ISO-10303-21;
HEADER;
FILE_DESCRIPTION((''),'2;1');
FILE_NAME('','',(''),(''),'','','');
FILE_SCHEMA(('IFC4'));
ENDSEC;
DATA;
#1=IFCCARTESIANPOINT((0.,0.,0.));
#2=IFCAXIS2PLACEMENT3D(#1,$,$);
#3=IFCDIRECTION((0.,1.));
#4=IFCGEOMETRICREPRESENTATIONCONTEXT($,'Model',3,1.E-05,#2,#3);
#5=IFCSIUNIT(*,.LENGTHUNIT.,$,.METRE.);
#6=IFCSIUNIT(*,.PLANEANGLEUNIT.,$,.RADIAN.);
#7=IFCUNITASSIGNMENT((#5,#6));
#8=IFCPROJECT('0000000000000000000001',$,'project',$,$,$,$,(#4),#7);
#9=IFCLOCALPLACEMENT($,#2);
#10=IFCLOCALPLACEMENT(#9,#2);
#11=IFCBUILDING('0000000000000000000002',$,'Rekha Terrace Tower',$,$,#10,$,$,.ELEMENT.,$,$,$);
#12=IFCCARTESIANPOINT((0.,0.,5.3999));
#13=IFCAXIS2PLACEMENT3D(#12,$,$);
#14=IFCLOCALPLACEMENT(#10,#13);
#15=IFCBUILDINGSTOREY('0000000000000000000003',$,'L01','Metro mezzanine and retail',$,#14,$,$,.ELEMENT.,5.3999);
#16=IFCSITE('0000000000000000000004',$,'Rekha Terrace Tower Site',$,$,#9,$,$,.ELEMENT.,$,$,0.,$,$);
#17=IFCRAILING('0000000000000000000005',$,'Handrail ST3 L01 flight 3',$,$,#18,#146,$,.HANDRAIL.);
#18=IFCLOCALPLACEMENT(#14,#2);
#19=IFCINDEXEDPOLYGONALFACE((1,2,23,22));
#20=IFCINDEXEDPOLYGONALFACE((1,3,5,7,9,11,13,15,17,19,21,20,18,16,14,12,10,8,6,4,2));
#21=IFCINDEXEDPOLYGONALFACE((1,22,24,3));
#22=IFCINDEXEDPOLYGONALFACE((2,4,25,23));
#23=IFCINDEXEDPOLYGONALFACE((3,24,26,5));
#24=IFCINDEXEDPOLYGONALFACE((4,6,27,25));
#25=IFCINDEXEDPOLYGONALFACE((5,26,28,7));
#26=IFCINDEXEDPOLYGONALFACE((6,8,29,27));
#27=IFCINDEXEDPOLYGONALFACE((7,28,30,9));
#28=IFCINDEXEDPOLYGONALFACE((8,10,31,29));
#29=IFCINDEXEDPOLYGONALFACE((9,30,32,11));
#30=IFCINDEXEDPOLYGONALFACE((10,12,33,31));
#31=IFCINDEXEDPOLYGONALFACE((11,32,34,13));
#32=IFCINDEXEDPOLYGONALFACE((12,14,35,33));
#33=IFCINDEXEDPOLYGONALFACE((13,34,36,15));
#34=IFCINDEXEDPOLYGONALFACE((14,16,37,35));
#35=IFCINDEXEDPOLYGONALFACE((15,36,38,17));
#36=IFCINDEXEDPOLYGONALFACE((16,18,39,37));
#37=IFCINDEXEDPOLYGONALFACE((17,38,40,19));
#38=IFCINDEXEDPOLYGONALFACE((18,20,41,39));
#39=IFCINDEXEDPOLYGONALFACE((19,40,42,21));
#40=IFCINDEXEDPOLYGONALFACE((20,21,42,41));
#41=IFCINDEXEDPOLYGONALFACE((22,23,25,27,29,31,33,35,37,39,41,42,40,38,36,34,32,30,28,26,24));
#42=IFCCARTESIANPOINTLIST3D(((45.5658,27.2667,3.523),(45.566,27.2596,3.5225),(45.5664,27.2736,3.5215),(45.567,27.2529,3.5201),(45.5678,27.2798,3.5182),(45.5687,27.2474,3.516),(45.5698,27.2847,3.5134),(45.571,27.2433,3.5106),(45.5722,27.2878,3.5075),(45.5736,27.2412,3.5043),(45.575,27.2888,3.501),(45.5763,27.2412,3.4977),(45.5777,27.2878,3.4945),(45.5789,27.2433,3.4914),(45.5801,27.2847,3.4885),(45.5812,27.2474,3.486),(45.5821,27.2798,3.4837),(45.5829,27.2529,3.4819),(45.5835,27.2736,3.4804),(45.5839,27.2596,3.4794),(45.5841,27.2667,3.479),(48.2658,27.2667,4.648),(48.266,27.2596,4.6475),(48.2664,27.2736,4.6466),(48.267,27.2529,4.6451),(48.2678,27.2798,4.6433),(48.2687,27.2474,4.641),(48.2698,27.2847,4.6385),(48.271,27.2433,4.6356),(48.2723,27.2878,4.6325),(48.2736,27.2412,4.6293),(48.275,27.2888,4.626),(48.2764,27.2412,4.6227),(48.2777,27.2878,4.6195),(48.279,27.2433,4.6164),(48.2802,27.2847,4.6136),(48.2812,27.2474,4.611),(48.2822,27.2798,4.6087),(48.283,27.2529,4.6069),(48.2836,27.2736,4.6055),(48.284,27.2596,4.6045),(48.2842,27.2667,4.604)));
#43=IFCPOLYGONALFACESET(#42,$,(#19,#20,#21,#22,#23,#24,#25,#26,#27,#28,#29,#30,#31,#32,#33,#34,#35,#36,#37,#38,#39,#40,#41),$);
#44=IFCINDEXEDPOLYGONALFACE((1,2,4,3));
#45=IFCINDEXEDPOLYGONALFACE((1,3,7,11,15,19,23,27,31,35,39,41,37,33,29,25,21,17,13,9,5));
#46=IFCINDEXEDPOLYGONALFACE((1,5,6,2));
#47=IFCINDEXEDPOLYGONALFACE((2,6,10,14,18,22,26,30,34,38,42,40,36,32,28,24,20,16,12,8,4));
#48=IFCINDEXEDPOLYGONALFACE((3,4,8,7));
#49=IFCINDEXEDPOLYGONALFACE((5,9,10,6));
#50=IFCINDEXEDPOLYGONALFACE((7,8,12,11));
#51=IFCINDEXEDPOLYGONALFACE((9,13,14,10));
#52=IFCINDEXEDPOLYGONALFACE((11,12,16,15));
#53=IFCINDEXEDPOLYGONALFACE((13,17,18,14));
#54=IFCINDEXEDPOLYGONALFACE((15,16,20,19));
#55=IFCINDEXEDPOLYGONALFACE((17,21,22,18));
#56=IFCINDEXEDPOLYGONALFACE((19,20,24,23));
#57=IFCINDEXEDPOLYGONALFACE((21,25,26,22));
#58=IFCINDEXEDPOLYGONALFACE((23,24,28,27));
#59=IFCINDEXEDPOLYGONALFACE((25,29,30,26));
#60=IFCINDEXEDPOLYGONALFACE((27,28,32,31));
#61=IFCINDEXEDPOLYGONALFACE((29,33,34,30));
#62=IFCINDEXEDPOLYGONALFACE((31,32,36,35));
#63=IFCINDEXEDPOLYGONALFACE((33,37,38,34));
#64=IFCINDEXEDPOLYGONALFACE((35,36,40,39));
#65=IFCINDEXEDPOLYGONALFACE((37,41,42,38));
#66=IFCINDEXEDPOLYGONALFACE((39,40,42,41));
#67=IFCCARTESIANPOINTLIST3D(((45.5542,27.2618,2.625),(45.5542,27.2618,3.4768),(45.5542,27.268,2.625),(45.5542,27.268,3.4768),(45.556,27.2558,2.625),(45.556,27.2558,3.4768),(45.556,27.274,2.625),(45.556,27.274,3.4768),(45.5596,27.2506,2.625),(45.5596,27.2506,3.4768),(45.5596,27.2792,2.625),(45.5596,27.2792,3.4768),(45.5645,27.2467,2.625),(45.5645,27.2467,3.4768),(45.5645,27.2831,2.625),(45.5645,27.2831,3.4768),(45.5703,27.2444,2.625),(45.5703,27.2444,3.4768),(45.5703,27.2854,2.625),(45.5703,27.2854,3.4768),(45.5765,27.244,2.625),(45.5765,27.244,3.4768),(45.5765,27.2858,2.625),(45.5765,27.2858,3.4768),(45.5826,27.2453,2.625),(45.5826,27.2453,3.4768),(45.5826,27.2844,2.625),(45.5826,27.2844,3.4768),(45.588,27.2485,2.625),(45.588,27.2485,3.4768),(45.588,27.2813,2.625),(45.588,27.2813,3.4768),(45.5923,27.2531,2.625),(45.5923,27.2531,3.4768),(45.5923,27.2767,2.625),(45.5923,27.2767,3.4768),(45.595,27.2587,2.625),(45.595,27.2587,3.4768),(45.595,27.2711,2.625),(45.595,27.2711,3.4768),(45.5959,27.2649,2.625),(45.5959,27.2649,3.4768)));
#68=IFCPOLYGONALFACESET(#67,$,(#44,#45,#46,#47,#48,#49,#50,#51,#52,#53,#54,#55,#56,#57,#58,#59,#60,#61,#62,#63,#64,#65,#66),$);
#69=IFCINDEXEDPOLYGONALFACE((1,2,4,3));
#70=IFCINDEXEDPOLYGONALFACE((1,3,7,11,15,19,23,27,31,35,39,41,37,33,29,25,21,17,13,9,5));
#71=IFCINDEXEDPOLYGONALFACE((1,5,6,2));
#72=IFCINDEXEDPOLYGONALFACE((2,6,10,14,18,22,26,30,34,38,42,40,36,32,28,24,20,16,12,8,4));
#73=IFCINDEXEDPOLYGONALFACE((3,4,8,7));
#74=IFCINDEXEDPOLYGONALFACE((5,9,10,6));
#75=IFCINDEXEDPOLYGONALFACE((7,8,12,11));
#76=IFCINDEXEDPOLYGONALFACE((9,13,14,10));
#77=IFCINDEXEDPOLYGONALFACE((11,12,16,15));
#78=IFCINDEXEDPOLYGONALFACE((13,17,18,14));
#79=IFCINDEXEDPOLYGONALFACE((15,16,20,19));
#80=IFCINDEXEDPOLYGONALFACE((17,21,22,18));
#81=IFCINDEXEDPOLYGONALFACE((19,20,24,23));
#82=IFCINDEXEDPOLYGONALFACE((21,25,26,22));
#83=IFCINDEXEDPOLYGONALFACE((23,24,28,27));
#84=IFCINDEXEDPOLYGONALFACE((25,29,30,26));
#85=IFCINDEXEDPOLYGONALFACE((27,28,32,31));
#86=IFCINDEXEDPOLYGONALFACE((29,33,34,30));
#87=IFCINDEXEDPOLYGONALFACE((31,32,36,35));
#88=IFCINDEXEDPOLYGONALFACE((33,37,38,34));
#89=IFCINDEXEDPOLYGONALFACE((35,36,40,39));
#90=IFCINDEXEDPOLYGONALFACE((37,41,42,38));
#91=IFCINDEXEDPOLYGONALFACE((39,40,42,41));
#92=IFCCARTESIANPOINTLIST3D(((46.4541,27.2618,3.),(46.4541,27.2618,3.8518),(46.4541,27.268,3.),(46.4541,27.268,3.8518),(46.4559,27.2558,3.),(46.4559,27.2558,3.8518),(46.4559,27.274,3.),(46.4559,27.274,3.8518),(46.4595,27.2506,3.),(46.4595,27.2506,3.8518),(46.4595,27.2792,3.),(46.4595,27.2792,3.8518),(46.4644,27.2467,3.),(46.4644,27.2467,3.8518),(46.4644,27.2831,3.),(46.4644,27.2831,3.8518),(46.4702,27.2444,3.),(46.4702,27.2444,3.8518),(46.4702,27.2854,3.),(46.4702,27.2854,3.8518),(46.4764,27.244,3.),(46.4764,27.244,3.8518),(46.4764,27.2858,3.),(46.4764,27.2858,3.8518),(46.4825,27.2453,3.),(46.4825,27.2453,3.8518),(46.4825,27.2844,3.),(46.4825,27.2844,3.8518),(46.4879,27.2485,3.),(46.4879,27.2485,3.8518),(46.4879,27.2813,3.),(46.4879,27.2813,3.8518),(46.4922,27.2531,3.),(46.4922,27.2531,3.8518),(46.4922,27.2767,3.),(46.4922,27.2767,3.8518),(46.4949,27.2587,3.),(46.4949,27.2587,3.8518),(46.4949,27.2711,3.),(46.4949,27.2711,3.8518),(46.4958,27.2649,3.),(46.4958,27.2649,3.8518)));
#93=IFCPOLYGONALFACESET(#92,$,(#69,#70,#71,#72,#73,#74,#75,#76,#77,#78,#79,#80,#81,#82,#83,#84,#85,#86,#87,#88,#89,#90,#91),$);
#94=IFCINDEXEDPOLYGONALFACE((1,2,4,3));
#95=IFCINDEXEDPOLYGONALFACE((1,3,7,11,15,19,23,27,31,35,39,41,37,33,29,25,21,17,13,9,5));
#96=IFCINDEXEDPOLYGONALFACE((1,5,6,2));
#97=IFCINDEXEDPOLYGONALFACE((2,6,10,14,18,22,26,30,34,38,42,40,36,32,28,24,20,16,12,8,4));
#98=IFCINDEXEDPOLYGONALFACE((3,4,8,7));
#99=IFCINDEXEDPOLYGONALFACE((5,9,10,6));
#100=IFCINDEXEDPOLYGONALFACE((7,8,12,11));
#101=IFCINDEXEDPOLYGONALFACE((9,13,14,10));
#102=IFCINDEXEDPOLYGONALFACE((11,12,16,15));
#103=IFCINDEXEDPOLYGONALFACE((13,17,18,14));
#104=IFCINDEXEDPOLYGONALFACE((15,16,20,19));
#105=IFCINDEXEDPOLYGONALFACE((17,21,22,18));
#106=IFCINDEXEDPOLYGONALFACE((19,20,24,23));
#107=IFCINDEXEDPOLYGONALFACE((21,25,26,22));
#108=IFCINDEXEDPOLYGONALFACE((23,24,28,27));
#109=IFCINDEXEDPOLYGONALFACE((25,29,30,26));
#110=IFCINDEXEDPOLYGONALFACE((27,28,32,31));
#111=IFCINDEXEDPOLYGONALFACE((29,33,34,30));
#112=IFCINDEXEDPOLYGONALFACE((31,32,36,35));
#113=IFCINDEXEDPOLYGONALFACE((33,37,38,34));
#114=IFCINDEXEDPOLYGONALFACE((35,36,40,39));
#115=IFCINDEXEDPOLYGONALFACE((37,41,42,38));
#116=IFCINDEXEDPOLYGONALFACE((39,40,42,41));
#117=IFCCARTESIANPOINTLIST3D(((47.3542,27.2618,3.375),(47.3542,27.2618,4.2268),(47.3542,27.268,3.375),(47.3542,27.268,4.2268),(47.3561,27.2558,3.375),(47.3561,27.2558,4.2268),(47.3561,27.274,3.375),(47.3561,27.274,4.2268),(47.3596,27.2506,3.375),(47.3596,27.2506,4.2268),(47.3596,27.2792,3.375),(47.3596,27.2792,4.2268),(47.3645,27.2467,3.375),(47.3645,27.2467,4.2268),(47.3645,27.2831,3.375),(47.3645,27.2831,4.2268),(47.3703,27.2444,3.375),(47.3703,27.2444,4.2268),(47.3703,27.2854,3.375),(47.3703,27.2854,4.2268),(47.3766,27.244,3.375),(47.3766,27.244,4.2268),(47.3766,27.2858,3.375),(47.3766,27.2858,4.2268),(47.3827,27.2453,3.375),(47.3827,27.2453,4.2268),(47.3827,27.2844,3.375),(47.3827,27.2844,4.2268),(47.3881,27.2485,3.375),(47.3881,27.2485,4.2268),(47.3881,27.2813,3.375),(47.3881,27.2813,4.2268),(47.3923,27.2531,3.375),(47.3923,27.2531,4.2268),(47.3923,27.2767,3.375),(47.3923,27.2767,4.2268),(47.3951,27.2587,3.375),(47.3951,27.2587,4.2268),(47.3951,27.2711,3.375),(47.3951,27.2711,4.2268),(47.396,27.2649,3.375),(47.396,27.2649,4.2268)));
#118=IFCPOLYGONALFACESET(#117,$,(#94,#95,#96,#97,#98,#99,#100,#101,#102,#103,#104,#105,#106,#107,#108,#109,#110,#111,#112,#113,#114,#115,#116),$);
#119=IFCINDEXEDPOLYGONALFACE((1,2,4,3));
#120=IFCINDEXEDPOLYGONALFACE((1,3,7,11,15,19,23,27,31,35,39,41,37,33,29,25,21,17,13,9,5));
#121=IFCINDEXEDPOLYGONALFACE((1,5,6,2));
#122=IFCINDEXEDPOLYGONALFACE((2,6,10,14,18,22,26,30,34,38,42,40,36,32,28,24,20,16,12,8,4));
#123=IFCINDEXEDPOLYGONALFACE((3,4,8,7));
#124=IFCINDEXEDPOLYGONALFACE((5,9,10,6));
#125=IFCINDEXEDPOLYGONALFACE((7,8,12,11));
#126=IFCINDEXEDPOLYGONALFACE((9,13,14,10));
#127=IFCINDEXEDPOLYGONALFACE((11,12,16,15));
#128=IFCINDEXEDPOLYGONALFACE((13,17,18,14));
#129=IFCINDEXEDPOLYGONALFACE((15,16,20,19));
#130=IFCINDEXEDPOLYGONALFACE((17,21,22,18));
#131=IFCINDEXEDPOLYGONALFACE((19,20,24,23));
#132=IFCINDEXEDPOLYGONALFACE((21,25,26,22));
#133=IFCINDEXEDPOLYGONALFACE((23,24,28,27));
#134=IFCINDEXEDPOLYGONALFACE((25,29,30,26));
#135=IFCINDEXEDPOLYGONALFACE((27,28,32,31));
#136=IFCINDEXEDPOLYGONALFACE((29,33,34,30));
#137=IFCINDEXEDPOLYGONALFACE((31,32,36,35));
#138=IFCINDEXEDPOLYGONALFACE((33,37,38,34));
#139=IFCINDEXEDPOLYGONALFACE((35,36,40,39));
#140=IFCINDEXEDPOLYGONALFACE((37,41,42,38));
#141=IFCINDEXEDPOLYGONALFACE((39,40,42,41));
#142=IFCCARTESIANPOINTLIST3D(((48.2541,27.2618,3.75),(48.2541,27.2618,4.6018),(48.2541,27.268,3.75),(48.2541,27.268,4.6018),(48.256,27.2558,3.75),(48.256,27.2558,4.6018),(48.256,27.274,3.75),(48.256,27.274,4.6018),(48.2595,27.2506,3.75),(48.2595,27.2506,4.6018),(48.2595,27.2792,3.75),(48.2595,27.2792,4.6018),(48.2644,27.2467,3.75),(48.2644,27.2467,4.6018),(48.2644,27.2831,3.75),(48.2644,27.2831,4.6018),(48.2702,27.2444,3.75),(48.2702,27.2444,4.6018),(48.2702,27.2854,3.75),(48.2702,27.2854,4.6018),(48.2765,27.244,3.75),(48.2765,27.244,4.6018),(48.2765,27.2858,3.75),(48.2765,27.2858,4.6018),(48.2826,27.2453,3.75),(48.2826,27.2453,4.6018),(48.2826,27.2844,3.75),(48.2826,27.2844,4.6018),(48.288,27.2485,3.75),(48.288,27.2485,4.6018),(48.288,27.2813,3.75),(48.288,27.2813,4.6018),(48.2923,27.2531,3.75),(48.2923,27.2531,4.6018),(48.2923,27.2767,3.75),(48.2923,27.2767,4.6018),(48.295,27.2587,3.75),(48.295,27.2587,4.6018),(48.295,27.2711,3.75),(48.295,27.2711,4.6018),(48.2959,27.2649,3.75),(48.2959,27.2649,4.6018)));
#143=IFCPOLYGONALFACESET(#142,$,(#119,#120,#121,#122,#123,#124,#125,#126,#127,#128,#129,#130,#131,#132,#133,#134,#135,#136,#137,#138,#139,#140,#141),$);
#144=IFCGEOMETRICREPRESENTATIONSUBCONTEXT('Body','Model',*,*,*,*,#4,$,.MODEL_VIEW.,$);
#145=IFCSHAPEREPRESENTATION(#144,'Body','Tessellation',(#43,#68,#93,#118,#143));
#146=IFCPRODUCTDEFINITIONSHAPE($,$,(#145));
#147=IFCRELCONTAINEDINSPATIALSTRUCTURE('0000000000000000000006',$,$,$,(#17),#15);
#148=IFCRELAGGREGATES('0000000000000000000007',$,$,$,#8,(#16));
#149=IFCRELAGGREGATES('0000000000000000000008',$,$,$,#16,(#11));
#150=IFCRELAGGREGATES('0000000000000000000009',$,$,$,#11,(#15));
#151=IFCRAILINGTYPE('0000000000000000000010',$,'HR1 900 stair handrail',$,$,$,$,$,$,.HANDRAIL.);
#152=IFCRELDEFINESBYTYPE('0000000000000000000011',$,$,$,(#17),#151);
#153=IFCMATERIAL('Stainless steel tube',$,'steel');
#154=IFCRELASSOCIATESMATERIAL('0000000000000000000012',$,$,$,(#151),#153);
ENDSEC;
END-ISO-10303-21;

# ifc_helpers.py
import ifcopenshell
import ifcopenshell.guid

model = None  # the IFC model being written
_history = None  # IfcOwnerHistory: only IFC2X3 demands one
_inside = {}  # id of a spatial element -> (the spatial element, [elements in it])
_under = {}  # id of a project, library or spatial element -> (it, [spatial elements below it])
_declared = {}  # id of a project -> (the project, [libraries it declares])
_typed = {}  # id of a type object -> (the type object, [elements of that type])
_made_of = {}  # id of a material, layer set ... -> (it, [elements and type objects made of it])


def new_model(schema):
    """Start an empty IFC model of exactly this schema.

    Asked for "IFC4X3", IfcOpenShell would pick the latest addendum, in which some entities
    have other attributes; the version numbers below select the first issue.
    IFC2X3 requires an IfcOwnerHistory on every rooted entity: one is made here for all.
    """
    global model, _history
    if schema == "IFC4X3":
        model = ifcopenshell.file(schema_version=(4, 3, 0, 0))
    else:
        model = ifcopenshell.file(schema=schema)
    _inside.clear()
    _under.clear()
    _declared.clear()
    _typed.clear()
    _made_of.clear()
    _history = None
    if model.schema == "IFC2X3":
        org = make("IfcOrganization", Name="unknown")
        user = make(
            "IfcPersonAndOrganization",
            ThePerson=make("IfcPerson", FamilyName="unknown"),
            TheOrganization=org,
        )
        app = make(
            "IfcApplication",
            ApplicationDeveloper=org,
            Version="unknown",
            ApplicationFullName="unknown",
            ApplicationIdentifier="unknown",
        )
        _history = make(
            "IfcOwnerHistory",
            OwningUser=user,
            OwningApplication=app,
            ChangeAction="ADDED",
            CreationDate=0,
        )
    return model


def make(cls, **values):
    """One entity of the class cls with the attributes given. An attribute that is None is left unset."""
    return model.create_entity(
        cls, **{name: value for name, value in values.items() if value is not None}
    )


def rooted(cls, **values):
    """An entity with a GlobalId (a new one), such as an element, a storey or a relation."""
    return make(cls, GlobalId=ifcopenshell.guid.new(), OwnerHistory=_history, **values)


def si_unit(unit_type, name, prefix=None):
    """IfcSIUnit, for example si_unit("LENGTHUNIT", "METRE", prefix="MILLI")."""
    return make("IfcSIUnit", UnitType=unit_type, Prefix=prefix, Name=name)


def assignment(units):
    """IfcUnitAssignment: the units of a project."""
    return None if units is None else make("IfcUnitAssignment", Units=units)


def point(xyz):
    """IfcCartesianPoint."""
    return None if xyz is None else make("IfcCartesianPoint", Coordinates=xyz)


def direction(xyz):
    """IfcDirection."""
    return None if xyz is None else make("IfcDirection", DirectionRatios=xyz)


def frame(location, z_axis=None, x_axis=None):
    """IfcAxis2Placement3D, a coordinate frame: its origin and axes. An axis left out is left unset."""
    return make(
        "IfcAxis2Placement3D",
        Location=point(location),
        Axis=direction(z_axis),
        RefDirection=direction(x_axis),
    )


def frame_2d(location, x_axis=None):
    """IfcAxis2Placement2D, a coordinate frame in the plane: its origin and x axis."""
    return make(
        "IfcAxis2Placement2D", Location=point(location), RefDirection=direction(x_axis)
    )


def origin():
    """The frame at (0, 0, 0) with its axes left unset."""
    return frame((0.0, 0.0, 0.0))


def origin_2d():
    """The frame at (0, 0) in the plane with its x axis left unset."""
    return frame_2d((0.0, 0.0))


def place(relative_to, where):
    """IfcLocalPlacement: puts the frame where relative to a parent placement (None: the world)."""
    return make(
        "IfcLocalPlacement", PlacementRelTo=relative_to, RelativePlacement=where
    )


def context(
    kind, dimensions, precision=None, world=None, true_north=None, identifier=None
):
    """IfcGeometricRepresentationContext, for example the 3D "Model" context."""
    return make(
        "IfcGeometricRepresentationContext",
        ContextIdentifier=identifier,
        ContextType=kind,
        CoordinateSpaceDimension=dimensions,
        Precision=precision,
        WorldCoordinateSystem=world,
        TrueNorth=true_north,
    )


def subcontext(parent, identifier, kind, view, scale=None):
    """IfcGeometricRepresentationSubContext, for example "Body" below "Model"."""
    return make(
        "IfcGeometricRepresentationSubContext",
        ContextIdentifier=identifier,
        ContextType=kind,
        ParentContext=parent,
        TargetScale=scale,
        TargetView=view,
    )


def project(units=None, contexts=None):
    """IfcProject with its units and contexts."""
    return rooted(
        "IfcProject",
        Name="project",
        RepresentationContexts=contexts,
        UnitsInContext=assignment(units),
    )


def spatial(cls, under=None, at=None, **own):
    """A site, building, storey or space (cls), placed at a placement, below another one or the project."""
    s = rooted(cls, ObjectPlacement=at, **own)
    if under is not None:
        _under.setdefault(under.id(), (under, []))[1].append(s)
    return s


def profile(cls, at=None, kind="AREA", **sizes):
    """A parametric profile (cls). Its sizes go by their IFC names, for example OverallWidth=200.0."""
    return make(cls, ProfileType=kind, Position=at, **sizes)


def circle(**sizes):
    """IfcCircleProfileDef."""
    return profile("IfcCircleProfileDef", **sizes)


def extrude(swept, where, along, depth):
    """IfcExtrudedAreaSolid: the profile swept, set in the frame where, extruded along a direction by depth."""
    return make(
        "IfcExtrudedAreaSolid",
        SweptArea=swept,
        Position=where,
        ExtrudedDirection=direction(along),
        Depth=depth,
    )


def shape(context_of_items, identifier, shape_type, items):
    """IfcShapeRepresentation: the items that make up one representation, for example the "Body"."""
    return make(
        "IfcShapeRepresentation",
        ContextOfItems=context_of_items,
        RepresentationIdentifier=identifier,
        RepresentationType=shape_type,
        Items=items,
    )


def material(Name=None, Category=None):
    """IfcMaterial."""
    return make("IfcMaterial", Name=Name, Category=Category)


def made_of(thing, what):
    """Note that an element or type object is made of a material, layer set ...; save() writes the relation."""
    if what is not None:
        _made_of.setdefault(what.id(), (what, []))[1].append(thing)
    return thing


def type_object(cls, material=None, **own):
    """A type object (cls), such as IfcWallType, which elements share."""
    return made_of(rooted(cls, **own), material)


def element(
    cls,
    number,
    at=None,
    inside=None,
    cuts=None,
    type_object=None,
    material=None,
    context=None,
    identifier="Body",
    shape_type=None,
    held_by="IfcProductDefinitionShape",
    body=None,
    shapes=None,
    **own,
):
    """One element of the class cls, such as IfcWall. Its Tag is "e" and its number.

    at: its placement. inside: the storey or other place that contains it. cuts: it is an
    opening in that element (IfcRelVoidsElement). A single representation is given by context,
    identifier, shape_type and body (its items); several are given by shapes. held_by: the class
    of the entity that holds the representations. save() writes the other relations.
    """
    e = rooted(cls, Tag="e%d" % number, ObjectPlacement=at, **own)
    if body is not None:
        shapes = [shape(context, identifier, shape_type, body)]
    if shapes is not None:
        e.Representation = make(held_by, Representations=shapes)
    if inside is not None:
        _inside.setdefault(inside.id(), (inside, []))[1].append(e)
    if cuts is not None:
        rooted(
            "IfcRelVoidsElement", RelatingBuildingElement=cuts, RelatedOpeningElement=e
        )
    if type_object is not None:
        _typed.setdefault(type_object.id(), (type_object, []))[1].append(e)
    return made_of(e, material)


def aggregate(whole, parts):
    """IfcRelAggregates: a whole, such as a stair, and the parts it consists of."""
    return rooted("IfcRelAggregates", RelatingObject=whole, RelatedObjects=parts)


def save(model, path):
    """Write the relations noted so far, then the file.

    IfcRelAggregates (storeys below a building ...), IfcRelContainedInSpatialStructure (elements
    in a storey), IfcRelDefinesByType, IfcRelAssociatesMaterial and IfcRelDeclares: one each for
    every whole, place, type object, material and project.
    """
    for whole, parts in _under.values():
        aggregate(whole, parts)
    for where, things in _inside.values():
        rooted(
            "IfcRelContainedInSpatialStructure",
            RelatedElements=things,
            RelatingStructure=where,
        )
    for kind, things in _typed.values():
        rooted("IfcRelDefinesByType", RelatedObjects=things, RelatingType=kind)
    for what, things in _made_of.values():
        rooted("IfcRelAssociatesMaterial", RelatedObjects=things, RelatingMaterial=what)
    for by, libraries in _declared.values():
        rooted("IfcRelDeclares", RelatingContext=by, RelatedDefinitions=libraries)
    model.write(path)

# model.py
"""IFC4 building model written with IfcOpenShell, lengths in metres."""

from ifc_helpers import new_model, si_unit, direction, frame, origin, origin_2d, place, context, subcontext, project, spatial, circle, extrude, material, type_object, element, save


model = new_model("IFC4")

# Units and contexts
model_context = context("Model", 3, precision=1e-05, world=origin(), true_north=direction((0.0, 1.0)))
body_context = subcontext(model_context, "Body", "Model", "MODEL_VIEW")
ifc_project = project(units=[si_unit("LENGTHUNIT", "METRE"), si_unit("PLANEANGLEUNIT", "RADIAN")], contexts=[model_context])

# Site, building, storey
site_placement = place(None, origin())
site = spatial("IfcSite", under=ifc_project, at=site_placement, Name="Rekha Terrace Tower Site", CompositionType="ELEMENT", RefElevation=0.0)
building_placement = place(site_placement, origin())
building = spatial("IfcBuilding", under=site, at=building_placement, Name="Rekha Terrace Tower", CompositionType="ELEMENT")
storey_placement = place(building_placement, frame((0.0, 0.0, 5.3999)))
storey = spatial("IfcBuildingStorey", under=building, at=storey_placement, Name="L01", Description="Metro mezzanine and retail", CompositionType="ELEMENT", Elevation=5.3999)

# Railing
ifc_material_1 = material(Name="Stainless steel tube", Category="steel")
railing_type_1 = type_object("IfcRailingType", Name="HR1 900 stair handrail", PredefinedType="HANDRAIL", material=ifc_material_1)
railing_1_placement = place(storey_placement, frame((45.575, 27.2649, 2.625)))
element("IfcRailing", 1, at=railing_1_placement, inside=storey, type_object=railing_type_1, Name="Handrail ST3 L01 flight 3", PredefinedType="HANDRAIL", context=body_context, shape_type="SweptSolid", body=[
    extrude(circle(Radius=0.0239, at=origin_2d()), frame((0.0, 0.0, 0.876), z_axis=(0.923074, 0.0, 0.384621), x_axis=(0.0, 1.0, 0.0)), (0.0, 0.0, 1.0), 2.925),
    extrude(circle(Radius=0.021, at=origin_2d()), origin(), (0.0, 0.0, 1.0), 0.8518),
    extrude(circle(Radius=0.021, at=origin_2d()), frame((0.8999, 0.0, 0.375)), (0.0, 0.0, 1.0), 0.8518),
    extrude(circle(Radius=0.021, at=origin_2d()), frame((1.8, 0.0, 0.75)), (0.0, 0.0, 1.0), 0.8518),
    extrude(circle(Radius=0.021, at=origin_2d()), frame((2.7, 0.0, 1.125)), (0.0, 0.0, 1.0), 0.8518),
])

save(model, "model.ifc")
